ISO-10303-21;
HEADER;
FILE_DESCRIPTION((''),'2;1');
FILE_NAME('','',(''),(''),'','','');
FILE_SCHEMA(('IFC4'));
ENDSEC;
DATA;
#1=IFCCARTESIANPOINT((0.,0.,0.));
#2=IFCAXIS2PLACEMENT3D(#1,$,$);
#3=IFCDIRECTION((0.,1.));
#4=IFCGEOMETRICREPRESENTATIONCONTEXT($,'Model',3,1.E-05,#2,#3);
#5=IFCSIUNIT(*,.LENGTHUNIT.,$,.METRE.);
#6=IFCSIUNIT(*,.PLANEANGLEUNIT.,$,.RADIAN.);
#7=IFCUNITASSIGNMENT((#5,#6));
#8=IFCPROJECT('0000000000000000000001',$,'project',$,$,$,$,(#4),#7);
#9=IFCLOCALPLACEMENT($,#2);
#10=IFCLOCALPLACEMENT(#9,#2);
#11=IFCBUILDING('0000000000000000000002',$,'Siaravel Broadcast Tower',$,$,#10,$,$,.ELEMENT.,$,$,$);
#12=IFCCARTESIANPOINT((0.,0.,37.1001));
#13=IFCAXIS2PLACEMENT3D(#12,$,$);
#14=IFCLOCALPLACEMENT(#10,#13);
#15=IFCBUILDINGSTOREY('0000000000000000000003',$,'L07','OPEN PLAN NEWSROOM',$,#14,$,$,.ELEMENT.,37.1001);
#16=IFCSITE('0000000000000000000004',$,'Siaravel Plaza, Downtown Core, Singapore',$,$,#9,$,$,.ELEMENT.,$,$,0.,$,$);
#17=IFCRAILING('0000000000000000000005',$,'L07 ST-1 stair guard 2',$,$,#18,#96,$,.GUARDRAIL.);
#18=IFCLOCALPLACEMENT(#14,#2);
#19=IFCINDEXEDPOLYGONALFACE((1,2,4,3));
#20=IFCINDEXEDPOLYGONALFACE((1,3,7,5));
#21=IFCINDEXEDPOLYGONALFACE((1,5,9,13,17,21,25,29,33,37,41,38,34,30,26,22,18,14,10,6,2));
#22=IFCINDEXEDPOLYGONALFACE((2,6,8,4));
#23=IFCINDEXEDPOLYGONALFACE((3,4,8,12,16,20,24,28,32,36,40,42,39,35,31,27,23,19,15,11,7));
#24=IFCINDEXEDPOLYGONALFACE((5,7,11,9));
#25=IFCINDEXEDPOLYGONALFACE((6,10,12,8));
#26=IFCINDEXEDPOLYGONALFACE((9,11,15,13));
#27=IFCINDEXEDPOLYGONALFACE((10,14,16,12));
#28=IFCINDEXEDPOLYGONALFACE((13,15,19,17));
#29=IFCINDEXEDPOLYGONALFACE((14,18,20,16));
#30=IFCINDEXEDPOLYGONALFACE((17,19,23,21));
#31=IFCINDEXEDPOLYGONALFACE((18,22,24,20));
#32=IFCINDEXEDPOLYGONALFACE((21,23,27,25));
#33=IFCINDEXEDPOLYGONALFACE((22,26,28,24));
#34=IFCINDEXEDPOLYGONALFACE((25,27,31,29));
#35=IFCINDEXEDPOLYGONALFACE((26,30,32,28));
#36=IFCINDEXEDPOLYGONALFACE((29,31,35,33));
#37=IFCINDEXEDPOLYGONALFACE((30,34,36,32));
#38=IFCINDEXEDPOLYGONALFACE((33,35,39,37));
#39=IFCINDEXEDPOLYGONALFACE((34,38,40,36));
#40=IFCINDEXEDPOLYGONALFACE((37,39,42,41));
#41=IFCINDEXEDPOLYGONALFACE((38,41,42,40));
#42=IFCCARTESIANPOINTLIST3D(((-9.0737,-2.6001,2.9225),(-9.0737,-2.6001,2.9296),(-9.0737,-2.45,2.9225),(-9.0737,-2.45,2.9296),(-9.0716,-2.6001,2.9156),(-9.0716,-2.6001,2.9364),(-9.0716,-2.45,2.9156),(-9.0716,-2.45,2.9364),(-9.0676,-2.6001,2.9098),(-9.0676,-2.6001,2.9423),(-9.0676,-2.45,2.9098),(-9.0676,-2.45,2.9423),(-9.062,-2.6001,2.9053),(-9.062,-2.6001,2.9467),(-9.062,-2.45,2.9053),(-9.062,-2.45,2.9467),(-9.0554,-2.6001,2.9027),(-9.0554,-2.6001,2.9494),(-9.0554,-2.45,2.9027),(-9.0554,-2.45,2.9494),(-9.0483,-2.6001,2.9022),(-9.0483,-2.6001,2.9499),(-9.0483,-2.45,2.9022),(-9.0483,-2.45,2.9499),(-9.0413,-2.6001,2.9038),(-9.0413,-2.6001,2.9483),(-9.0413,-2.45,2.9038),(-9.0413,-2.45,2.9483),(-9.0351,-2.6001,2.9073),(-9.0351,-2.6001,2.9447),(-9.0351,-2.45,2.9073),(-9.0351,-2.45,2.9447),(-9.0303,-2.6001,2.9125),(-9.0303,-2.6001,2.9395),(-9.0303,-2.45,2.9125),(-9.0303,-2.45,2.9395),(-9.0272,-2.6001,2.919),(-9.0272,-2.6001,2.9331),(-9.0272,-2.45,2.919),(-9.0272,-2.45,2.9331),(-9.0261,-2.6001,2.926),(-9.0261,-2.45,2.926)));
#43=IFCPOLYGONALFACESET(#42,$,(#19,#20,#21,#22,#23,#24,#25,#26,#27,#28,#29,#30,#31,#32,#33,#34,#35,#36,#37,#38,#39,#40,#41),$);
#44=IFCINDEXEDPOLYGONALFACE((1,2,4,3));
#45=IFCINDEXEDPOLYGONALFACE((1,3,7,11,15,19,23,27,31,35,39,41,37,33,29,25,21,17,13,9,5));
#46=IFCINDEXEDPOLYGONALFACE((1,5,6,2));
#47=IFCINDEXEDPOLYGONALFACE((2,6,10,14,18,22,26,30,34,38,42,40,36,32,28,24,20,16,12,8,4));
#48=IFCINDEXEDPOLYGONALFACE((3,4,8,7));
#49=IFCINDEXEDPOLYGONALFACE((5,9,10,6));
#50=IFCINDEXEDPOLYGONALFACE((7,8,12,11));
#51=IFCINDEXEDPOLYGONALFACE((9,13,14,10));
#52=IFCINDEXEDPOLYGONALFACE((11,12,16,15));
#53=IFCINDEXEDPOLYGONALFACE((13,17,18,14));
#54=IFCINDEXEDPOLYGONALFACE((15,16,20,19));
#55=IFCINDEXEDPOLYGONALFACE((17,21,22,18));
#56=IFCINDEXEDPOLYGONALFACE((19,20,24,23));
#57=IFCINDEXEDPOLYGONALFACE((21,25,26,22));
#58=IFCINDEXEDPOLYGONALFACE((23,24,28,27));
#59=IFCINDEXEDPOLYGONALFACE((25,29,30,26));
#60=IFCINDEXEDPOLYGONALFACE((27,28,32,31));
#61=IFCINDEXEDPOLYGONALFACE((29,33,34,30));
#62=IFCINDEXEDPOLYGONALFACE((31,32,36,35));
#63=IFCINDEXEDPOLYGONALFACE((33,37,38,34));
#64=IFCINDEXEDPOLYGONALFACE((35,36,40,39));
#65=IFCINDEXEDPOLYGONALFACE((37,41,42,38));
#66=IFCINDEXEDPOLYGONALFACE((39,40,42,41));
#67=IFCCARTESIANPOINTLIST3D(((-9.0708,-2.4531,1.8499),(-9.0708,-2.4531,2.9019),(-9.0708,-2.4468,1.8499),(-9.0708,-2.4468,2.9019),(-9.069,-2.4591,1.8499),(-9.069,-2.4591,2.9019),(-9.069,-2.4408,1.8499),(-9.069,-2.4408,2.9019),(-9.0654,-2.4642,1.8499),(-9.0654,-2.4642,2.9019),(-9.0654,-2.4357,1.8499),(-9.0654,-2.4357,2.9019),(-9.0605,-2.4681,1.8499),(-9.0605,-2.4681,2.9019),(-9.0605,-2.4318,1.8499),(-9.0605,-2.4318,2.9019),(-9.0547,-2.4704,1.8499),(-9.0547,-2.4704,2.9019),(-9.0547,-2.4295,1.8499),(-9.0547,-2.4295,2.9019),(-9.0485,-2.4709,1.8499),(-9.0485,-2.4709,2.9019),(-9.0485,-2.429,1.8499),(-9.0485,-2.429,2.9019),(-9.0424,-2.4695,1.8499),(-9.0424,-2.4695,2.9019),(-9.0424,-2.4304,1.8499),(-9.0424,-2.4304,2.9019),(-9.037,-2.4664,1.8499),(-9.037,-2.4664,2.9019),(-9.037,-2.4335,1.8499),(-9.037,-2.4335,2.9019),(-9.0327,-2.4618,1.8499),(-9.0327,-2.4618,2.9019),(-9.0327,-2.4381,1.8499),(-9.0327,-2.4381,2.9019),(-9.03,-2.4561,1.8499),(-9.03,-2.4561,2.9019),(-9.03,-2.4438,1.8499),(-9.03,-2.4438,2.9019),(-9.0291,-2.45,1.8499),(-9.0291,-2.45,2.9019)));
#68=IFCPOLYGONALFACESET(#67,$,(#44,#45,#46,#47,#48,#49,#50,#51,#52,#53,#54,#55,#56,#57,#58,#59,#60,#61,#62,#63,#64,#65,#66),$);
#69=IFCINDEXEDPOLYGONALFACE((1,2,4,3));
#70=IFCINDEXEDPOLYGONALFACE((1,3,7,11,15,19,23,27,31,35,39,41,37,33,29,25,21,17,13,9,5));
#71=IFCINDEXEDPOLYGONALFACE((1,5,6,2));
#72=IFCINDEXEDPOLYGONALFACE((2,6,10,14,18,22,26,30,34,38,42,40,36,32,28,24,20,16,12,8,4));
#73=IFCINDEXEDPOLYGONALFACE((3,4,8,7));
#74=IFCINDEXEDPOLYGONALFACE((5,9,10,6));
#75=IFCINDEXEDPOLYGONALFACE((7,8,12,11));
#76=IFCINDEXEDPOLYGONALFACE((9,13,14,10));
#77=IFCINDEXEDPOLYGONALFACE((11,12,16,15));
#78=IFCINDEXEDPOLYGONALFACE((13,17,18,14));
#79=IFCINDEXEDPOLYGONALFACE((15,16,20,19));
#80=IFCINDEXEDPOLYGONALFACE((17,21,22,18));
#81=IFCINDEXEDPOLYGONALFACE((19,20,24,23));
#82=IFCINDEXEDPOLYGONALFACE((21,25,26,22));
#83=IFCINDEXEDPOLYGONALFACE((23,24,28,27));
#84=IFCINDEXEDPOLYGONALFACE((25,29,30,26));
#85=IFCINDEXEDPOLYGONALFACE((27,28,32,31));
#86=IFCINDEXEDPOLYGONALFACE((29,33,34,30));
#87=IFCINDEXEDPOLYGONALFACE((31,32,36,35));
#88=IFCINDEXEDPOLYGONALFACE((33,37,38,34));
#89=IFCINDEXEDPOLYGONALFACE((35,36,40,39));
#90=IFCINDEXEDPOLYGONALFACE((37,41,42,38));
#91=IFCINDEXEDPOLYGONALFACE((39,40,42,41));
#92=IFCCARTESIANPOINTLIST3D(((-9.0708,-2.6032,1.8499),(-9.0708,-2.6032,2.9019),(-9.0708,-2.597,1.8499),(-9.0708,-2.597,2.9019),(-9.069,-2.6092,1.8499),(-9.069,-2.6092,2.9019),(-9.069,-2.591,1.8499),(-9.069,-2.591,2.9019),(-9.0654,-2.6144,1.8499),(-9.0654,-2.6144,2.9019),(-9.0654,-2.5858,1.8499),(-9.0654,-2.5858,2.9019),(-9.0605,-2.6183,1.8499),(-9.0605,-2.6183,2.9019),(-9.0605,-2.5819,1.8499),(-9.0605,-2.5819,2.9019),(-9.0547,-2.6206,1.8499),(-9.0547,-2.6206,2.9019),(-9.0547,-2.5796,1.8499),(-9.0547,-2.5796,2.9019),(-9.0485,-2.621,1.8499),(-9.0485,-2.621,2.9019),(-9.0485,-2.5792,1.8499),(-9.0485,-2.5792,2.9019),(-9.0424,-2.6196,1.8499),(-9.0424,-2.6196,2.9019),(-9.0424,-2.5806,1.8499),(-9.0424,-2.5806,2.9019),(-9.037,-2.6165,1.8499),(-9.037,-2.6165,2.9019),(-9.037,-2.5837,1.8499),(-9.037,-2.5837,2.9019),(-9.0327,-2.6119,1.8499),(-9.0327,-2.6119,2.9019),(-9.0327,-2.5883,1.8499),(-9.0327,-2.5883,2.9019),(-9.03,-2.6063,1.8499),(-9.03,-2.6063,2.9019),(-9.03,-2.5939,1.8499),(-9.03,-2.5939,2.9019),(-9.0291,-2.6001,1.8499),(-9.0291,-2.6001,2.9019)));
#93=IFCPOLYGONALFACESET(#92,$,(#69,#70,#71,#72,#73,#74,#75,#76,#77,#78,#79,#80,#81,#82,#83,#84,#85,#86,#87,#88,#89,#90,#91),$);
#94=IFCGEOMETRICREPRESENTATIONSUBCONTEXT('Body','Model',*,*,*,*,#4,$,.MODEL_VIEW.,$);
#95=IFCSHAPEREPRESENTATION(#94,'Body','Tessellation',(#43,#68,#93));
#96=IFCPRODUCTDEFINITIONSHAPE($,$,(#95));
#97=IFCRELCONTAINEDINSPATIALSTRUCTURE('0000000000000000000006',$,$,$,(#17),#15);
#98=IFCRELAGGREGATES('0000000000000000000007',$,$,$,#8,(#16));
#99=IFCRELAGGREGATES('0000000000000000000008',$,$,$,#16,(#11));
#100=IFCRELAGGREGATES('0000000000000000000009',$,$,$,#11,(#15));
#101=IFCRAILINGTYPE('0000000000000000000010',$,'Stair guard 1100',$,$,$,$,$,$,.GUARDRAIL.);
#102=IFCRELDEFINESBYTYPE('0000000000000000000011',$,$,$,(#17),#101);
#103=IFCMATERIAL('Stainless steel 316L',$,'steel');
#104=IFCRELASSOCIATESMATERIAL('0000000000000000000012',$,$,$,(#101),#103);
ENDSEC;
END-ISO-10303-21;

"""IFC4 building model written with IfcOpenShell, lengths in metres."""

from ifc_helpers import new_model, si_unit, direction, frame, origin, origin_2d, place, context, subcontext, project, spatial, circle, extrude, material, type_object, element, save


model = new_model("IFC4")

# Units and contexts
model_context = context("Model", 3, precision=1e-05, world=origin(), true_north=direction((0.0, 1.0)))
body_context = subcontext(model_context, "Body", "Model", "MODEL_VIEW")
ifc_project = project(units=[si_unit("LENGTHUNIT", "METRE"), si_unit("PLANEANGLEUNIT", "RADIAN")], contexts=[model_context])

# Site, building, storey
site_placement = place(None, origin())
site = spatial("IfcSite", under=ifc_project, at=site_placement, Name="Siaravel Plaza, Downtown Core, Singapore", CompositionType="ELEMENT", RefElevation=0.0)
building_placement = place(site_placement, origin())
building = spatial("IfcBuilding", under=site, at=building_placement, Name="Siaravel Broadcast Tower", CompositionType="ELEMENT")
storey_placement = place(building_placement, frame((0.0, 0.0, 37.1001)))
storey = spatial("IfcBuildingStorey", under=building, at=storey_placement, Name="L07", Description="OPEN PLAN NEWSROOM", CompositionType="ELEMENT", Elevation=37.1001)

# Shared definitions
ifc_material_1 = material(Name="Stainless steel 316L", Category="steel")

# Railing
railing_type_1 = type_object("IfcRailingType", Name="Stair guard 1100", PredefinedType="GUARDRAIL", material=ifc_material_1)
railing_1_placement = place(storey_placement, frame((-9.05, -2.45, 1.8499)))
element("IfcRailing", 1, at=railing_1_placement, inside=storey, type_object=railing_type_1, Name="L07 ST-1 stair guard 2", PredefinedType="GUARDRAIL", context=body_context, shape_type="SweptSolid", body=[
    extrude(circle(Radius=0.0239, at=origin_2d()), frame((0.0, 0.0, 1.0762), z_axis=(0.0, -1.0, 0.0), x_axis=(1.0, 0.0, 0.0)), (0.0, 0.0, 1.0), 0.1501),
    extrude(circle(Radius=0.021, at=origin_2d()), origin(), (0.0, 0.0, 1.0), 1.052),
    extrude(circle(Radius=0.021, at=origin_2d()), frame((0.0, -0.1501, 0.0)), (0.0, 0.0, 1.0), 1.052),
])

save(model, "model.ifc")
